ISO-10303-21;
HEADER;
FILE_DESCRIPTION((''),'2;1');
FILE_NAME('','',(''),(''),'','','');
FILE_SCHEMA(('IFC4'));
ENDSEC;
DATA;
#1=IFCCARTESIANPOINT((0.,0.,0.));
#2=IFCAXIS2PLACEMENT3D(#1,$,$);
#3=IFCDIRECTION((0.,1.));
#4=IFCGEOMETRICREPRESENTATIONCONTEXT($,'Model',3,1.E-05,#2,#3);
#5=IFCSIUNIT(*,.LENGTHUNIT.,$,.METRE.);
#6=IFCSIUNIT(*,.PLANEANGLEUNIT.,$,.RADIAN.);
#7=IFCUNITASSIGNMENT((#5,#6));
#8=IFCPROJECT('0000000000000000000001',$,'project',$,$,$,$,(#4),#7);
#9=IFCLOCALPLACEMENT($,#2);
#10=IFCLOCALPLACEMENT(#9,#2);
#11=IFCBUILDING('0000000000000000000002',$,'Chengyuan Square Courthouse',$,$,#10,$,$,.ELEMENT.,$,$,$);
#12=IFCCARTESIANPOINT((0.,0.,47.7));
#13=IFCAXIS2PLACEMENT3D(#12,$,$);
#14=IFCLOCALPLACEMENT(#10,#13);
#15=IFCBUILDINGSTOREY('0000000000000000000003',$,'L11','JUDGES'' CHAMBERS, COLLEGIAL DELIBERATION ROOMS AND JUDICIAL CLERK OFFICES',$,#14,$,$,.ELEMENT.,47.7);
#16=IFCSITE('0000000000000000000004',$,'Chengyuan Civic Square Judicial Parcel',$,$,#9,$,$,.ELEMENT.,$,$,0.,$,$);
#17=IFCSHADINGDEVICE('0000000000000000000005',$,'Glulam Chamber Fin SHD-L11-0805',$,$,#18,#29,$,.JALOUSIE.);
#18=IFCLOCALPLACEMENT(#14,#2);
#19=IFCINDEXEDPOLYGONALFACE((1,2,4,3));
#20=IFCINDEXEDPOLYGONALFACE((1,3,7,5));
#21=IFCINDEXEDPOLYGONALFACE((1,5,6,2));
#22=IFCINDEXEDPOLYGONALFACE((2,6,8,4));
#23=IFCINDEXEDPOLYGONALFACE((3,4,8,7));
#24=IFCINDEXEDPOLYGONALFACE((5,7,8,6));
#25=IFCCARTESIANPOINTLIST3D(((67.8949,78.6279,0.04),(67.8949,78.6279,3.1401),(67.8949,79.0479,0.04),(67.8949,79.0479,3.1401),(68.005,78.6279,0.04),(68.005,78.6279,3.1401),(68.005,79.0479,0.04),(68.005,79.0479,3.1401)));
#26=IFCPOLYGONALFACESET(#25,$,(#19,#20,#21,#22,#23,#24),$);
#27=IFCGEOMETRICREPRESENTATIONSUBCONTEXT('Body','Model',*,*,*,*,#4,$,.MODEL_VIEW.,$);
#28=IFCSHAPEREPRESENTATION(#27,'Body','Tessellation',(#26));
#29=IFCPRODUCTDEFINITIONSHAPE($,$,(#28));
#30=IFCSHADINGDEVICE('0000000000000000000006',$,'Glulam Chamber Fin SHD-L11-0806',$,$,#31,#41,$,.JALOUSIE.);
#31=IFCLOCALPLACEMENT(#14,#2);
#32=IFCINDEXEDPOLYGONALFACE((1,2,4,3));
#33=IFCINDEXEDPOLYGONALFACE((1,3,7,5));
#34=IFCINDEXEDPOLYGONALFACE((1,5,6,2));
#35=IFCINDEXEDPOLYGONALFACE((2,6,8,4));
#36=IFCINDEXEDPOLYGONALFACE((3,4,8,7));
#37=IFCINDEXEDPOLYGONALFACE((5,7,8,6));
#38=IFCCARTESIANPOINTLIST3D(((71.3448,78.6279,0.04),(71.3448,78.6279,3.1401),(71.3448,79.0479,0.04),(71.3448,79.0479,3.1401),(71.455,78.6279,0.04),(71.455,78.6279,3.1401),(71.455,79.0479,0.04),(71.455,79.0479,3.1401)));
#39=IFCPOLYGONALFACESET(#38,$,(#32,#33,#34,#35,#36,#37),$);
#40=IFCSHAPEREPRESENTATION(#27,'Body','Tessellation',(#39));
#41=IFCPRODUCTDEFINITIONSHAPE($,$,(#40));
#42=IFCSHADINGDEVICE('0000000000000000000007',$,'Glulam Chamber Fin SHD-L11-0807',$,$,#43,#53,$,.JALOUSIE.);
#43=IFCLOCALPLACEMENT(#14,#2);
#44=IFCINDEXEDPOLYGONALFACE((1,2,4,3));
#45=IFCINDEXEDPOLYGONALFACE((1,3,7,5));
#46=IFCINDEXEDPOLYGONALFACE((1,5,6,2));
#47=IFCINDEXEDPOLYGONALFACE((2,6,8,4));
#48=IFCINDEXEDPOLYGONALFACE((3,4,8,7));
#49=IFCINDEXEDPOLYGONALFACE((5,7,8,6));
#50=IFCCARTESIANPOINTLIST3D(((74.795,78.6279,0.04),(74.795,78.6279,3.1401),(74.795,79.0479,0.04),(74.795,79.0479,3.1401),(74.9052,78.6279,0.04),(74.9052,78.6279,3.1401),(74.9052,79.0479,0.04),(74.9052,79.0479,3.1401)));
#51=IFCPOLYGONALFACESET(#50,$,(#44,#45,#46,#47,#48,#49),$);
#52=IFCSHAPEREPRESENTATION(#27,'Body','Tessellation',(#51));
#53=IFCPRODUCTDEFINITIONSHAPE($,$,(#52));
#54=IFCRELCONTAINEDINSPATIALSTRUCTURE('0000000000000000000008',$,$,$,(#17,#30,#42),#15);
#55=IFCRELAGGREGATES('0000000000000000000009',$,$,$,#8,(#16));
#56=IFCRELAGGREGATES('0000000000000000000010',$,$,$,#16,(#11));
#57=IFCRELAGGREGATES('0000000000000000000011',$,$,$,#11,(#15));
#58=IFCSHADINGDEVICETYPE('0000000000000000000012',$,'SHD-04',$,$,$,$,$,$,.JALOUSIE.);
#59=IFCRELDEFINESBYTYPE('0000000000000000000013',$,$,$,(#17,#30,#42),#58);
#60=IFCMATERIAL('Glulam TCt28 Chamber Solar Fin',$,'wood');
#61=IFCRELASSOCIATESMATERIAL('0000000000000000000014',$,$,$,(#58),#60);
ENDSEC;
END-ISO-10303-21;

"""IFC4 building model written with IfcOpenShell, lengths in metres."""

from ifc_helpers import new_model, si_unit, direction, frame, origin, origin_2d, place, context, subcontext, project, spatial, rectangle, extrude, material, type_object, element, save


model = new_model("IFC4")

# Units and contexts
model_context = context("Model", 3, precision=1e-05, world=origin(), true_north=direction((0.0, 1.0)))
body_context = subcontext(model_context, "Body", "Model", "MODEL_VIEW")
ifc_project = project(units=[si_unit("LENGTHUNIT", "METRE"), si_unit("PLANEANGLEUNIT", "RADIAN")], contexts=[model_context])

# Site, building, storey
site_placement = place(None, origin())
site = spatial("IfcSite", under=ifc_project, at=site_placement, Name="Chengyuan Civic Square Judicial Parcel", CompositionType="ELEMENT", RefElevation=0.0)
building_placement = place(site_placement, origin())
building = spatial("IfcBuilding", under=site, at=building_placement, Name="Chengyuan Square Courthouse", CompositionType="ELEMENT")
storey_placement = place(building_placement, frame((0.0, 0.0, 47.7)))
storey = spatial("IfcBuildingStorey", under=building, at=storey_placement, Name="L11", Description="JUDGES' CHAMBERS, COLLEGIAL DELIBERATION ROOMS AND JUDICIAL CLERK OFFICES", CompositionType="ELEMENT", Elevation=47.7)

# Shading devices
ifc_material_1 = material(Name="Glulam TCt28 Chamber Solar Fin", Category="wood")
shading_device_type_1 = type_object("IfcShadingDeviceType", Name="SHD-04", PredefinedType="JALOUSIE", material=ifc_material_1)
for number, where, z_axis, x_axis, name in (
    (1, (67.95, 78.8379, 0.04), (0.0, 0.0, 1.0), (0.0, 1.0, 0.0), "Glulam Chamber Fin SHD-L11-0805"),
    (2, (71.3999, 78.8379, 0.04), (0.0, 0.0, 1.0), (0.0, 1.0, 0.0), "Glulam Chamber Fin SHD-L11-0806"),
    (3, (74.8501, 78.8379, 0.04), (0.0, 0.0, 1.0), (0.0, 1.0, 0.0), "Glulam Chamber Fin SHD-L11-0807"),
):
    element("IfcShadingDevice", number, at=place(storey_placement, frame(where, z_axis=z_axis, x_axis=x_axis)), inside=storey, type_object=shading_device_type_1, Name=name, PredefinedType="JALOUSIE", context=body_context, shape_type="SweptSolid", body=[
        extrude(rectangle(XDim=0.4199, YDim=0.1101, at=origin_2d()), origin(), (0.0, 0.0, 1.0), 3.1001),
    ])

save(model, "model.ifc")
